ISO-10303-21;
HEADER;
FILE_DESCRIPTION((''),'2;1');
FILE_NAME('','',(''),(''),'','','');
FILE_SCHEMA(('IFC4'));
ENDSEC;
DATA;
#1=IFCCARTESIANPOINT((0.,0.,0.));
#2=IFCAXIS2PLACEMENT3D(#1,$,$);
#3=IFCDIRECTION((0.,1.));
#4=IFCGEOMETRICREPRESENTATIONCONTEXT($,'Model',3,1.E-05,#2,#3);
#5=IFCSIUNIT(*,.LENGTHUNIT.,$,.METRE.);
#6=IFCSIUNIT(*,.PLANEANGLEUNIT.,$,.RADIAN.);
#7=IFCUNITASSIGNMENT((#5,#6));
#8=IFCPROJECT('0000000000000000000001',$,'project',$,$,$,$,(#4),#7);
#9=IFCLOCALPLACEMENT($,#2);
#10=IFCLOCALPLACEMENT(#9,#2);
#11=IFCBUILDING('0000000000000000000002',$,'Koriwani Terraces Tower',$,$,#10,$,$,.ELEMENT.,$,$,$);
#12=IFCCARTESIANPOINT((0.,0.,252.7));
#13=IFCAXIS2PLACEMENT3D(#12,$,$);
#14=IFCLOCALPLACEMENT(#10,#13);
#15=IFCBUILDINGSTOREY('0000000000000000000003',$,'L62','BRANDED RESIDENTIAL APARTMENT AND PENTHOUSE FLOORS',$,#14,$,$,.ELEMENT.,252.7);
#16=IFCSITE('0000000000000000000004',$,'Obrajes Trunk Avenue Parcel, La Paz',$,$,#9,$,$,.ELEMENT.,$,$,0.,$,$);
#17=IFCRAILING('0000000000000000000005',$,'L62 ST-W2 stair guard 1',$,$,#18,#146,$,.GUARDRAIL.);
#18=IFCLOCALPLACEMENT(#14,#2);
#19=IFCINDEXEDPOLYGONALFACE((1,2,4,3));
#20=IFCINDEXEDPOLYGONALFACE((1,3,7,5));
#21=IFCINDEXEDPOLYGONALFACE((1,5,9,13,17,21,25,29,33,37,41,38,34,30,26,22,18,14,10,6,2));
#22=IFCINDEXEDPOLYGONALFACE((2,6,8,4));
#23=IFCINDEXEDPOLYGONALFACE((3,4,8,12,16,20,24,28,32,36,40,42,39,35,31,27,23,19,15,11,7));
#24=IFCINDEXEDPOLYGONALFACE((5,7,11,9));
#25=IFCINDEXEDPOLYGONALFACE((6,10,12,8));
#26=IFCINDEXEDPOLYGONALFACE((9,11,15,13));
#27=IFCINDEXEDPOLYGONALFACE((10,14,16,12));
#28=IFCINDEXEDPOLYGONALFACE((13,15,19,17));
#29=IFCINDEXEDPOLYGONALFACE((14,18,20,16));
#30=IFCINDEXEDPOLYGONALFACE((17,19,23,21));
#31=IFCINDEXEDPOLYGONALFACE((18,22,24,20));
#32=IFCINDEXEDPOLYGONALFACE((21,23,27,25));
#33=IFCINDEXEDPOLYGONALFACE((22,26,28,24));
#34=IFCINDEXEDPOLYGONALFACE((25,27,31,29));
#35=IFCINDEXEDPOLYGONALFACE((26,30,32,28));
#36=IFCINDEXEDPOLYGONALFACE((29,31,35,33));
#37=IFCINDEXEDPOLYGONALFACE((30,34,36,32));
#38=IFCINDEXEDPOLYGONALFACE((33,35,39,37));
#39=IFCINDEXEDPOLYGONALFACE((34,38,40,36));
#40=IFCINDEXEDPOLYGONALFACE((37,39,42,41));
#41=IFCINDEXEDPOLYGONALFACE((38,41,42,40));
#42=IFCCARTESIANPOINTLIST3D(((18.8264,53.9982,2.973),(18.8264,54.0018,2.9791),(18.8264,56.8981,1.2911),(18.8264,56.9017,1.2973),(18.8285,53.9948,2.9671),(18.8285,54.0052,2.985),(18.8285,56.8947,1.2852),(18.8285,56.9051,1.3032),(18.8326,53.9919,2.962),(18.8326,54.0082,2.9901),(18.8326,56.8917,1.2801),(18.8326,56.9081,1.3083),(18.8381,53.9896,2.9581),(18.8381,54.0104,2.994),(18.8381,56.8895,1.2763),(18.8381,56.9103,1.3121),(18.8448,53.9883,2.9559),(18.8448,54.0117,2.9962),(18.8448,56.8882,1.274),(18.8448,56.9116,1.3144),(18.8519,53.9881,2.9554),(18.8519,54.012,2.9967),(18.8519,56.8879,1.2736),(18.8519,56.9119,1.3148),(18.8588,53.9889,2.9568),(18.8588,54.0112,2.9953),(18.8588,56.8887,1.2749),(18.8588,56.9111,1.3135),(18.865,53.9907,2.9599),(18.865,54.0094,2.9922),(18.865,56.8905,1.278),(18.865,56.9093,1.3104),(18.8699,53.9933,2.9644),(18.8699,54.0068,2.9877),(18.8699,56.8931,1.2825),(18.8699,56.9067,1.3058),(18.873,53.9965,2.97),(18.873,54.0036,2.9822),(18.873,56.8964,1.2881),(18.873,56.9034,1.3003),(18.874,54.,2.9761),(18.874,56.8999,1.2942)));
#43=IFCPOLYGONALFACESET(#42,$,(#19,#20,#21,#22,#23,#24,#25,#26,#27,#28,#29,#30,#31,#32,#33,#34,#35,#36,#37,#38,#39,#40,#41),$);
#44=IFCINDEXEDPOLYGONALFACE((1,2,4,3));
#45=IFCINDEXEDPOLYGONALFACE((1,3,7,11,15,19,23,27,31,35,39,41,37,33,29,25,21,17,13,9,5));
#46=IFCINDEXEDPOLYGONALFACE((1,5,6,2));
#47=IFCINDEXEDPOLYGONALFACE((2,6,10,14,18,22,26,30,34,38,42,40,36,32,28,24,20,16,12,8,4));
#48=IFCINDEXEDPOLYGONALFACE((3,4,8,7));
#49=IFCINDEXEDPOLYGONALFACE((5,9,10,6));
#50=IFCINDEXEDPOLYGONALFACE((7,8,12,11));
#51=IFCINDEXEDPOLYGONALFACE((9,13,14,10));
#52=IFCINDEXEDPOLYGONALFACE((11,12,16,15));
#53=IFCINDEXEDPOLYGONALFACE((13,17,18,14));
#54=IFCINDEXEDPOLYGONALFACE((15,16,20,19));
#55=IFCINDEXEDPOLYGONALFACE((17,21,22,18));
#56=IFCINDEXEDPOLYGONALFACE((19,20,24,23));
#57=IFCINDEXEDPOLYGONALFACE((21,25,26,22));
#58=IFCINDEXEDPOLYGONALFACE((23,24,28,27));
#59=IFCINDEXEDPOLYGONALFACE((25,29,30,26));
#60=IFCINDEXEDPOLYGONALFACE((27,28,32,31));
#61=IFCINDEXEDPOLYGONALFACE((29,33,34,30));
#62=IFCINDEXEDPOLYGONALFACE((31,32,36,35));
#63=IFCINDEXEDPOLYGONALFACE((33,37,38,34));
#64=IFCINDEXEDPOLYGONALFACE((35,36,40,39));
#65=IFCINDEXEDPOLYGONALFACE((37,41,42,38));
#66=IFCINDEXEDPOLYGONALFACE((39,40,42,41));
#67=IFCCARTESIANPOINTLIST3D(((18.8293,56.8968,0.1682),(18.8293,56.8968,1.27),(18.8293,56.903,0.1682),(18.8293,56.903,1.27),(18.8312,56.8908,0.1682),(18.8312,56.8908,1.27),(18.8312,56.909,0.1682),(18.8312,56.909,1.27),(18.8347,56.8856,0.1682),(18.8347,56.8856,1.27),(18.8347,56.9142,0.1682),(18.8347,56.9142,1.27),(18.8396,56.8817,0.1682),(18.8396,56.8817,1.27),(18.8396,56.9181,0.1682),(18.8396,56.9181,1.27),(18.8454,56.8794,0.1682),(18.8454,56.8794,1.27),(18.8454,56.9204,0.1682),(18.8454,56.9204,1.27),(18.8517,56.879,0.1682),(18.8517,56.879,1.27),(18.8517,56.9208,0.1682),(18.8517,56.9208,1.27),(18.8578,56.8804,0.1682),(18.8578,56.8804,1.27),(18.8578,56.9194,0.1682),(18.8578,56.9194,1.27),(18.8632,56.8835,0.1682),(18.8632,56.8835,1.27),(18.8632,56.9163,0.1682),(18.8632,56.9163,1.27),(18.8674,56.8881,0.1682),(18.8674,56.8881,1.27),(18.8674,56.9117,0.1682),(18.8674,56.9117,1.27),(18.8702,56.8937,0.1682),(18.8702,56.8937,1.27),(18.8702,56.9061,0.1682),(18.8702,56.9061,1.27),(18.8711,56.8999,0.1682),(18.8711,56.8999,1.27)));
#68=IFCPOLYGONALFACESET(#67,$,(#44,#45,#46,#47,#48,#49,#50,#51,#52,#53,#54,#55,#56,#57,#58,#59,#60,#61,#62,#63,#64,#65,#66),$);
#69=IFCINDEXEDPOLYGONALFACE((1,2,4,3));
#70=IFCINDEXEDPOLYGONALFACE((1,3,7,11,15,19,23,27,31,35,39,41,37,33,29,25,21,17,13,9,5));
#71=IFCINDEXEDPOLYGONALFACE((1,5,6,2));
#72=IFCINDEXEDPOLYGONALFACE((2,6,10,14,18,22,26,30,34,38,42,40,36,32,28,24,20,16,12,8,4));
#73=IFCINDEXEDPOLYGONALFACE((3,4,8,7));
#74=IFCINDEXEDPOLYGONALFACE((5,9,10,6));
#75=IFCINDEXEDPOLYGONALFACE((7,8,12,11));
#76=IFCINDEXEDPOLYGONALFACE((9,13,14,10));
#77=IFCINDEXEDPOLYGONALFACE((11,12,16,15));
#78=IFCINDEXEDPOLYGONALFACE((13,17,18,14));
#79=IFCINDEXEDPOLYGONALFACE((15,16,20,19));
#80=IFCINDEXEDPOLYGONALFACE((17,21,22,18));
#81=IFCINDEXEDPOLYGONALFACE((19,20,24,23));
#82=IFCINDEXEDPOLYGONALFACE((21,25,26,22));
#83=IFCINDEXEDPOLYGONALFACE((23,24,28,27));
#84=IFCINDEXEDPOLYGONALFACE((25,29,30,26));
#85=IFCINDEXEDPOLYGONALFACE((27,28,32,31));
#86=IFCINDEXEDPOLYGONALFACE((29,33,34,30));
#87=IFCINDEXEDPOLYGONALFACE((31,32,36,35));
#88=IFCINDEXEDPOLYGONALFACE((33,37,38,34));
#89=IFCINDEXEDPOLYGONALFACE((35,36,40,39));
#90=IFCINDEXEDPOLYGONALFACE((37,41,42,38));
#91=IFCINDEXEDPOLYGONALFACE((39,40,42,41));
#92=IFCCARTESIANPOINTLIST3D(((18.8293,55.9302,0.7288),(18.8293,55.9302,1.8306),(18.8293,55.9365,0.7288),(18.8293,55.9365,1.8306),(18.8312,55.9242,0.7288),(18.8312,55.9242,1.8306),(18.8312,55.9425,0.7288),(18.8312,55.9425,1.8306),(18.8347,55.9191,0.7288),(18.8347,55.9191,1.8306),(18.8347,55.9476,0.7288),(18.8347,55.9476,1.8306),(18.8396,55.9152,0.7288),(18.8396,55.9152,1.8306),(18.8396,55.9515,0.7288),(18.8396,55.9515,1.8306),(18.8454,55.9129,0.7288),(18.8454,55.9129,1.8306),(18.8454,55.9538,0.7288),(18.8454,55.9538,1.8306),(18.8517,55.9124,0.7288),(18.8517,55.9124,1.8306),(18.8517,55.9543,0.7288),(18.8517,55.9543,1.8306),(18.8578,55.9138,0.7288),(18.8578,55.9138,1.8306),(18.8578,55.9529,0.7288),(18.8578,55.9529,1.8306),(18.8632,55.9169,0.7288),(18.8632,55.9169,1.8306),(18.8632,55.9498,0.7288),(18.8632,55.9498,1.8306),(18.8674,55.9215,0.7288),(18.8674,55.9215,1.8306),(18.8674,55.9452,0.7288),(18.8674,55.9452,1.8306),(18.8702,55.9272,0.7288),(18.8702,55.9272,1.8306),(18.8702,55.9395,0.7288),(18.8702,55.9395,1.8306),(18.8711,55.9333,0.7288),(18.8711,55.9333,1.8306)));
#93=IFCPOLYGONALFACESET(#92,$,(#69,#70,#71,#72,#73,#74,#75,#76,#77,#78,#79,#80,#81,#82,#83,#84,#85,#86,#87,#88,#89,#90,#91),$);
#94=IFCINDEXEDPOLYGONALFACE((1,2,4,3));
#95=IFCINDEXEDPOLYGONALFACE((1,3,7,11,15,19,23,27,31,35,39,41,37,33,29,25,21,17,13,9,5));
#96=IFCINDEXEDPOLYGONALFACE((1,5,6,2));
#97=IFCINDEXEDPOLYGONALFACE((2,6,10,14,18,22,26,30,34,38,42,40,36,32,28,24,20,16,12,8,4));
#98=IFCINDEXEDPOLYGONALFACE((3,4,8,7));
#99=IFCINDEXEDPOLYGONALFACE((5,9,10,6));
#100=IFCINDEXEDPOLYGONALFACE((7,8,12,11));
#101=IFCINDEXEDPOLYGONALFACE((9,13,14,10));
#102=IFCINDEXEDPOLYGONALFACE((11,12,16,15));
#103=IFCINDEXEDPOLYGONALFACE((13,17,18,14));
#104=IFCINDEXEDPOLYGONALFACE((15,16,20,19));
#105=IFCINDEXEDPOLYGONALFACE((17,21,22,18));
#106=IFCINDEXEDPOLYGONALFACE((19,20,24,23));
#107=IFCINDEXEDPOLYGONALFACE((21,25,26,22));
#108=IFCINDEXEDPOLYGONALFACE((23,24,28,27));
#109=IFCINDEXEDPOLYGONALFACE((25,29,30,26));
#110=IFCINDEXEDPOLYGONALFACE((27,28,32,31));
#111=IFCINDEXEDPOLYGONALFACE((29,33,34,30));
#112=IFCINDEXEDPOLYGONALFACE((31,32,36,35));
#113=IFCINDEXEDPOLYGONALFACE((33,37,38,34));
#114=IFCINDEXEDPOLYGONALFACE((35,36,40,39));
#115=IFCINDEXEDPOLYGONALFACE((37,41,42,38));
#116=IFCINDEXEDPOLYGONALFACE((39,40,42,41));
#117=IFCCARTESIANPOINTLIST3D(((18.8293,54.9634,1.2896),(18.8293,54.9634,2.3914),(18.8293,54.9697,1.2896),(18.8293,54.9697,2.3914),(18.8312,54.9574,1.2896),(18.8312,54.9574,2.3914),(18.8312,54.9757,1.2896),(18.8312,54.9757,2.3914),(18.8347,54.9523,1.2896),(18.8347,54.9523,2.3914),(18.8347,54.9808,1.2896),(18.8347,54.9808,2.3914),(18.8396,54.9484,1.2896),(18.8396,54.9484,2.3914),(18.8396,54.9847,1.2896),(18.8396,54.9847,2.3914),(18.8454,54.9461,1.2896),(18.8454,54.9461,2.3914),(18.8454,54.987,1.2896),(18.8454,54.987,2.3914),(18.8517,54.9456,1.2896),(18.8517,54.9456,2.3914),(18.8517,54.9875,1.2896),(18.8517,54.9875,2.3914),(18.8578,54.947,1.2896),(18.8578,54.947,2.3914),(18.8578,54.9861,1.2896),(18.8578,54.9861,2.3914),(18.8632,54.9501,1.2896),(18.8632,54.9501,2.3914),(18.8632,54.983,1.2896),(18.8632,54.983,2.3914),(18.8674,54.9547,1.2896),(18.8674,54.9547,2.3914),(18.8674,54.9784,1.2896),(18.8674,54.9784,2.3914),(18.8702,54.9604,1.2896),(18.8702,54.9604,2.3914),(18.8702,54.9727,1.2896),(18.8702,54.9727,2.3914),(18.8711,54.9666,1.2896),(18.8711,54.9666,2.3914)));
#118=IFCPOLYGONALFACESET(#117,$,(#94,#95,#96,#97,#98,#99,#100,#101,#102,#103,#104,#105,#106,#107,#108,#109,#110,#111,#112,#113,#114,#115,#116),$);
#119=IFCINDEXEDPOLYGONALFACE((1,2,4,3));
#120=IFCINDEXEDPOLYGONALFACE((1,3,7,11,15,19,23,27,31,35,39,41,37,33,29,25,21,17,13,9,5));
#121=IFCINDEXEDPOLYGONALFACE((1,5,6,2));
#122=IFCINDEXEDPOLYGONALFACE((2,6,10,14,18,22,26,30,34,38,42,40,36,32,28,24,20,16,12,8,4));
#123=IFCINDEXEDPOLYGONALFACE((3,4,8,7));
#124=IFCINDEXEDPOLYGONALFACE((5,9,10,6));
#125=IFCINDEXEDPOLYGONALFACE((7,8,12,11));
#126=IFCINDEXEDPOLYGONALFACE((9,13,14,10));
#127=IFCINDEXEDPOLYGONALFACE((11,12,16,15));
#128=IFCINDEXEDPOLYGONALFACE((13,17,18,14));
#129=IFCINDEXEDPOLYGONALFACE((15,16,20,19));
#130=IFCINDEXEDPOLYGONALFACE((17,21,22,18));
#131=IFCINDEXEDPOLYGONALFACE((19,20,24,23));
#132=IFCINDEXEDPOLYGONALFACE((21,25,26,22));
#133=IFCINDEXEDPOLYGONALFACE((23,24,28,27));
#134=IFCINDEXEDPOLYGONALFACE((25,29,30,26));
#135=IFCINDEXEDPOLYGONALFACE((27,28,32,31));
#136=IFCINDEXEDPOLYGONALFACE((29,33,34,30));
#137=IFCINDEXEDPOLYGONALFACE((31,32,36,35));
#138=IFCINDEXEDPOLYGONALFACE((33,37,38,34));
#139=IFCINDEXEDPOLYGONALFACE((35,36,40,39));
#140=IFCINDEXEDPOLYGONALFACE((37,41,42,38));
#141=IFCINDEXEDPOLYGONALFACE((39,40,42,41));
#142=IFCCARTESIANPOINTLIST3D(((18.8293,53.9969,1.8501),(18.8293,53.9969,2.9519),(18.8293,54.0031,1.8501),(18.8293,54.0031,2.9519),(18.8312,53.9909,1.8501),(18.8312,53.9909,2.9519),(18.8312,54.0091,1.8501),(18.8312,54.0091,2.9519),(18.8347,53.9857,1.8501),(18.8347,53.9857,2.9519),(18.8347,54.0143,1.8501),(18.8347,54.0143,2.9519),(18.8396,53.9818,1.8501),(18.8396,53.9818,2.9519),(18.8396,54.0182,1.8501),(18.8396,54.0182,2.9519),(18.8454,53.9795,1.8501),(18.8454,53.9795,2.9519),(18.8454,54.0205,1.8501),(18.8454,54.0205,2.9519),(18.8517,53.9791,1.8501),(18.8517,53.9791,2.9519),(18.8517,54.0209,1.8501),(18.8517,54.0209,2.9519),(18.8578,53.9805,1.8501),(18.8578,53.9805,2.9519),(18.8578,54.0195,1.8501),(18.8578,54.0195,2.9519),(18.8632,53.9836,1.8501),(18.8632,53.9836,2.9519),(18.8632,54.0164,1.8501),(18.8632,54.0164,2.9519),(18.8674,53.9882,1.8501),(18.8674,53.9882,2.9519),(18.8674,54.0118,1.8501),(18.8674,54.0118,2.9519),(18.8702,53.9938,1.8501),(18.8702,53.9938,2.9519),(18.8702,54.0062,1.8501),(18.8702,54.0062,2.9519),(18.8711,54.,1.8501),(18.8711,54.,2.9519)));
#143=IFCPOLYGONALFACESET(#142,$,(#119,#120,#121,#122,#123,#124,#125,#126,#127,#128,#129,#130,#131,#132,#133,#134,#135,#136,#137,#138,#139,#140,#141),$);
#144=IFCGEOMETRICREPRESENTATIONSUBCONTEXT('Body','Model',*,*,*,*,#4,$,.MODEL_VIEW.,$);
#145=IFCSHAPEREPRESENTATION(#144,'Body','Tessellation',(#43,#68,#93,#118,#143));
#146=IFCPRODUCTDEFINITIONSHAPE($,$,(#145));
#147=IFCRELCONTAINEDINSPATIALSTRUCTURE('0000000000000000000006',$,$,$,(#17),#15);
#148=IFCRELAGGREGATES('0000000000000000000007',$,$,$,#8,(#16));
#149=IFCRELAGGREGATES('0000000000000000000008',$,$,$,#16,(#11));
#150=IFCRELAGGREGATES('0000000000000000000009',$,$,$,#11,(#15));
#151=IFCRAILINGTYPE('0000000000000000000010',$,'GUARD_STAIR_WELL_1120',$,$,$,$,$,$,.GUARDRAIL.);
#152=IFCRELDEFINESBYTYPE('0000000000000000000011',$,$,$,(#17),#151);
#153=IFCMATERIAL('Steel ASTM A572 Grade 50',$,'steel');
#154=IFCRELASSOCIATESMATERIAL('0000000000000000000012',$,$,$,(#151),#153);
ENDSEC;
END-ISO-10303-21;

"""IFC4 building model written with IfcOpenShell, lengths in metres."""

from ifc_helpers import new_model, si_unit, direction, frame, origin, origin_2d, place, context, subcontext, project, spatial, circle, extrude, material, type_object, element, save


model = new_model("IFC4")

# Units and contexts
model_context = context("Model", 3, precision=1e-05, world=origin(), true_north=direction((0.0, 1.0)))
body_context = subcontext(model_context, "Body", "Model", "MODEL_VIEW")
ifc_project = project(units=[si_unit("LENGTHUNIT", "METRE"), si_unit("PLANEANGLEUNIT", "RADIAN")], contexts=[model_context])

# Site, building, storey
site_placement = place(None, origin())
site = spatial("IfcSite", under=ifc_project, at=site_placement, Name="Obrajes Trunk Avenue Parcel, La Paz", CompositionType="ELEMENT", RefElevation=0.0)
building_placement = place(site_placement, origin())
building = spatial("IfcBuilding", under=site, at=building_placement, Name="Koriwani Terraces Tower", CompositionType="ELEMENT")
storey_placement = place(building_placement, frame((0.0, 0.0, 252.7)))
storey = spatial("IfcBuildingStorey", under=building, at=storey_placement, Name="L62", Description="BRANDED RESIDENTIAL APARTMENT AND PENTHOUSE FLOORS", CompositionType="ELEMENT", Elevation=252.7)

# Shared definitions
ifc_material_1 = material(Name="Steel ASTM A572 Grade 50", Category="steel")

# Railing
railing_type_1 = type_object("IfcRailingType", Name="GUARD_STAIR_WELL_1120", PredefinedType="GUARDRAIL", material=ifc_material_1)
railing_1_placement = place(storey_placement, frame((18.8501, 56.8999, 0.1682)))
element("IfcRailing", 1, at=railing_1_placement, inside=storey, type_object=railing_type_1, Name="L62 ST-W2 stair guard 1", PredefinedType="GUARDRAIL", context=body_context, shape_type="SweptSolid", body=[
    extrude(circle(Radius=0.0239, at=origin_2d()), frame((0.0, 0.0, 1.126), z_axis=(0.0, -0.865039, 0.501705), x_axis=(1.0, 0.0, 0.0)), (0.0, 0.0, 1.0), 3.3523),
    extrude(circle(Radius=0.021, at=origin_2d()), origin(), (0.0, 0.0, 1.0), 1.1018),
    extrude(circle(Radius=0.021, at=origin_2d()), frame((0.0, -0.9666, 0.5605)), (0.0, 0.0, 1.0), 1.1018),
    extrude(circle(Radius=0.021, at=origin_2d()), frame((0.0, -1.9333, 1.1213)), (0.0, 0.0, 1.0), 1.1018),
    extrude(circle(Radius=0.021, at=origin_2d()), frame((0.0, -2.8999, 1.6819)), (0.0, 0.0, 1.0), 1.1018),
])

save(model, "model.ifc")
